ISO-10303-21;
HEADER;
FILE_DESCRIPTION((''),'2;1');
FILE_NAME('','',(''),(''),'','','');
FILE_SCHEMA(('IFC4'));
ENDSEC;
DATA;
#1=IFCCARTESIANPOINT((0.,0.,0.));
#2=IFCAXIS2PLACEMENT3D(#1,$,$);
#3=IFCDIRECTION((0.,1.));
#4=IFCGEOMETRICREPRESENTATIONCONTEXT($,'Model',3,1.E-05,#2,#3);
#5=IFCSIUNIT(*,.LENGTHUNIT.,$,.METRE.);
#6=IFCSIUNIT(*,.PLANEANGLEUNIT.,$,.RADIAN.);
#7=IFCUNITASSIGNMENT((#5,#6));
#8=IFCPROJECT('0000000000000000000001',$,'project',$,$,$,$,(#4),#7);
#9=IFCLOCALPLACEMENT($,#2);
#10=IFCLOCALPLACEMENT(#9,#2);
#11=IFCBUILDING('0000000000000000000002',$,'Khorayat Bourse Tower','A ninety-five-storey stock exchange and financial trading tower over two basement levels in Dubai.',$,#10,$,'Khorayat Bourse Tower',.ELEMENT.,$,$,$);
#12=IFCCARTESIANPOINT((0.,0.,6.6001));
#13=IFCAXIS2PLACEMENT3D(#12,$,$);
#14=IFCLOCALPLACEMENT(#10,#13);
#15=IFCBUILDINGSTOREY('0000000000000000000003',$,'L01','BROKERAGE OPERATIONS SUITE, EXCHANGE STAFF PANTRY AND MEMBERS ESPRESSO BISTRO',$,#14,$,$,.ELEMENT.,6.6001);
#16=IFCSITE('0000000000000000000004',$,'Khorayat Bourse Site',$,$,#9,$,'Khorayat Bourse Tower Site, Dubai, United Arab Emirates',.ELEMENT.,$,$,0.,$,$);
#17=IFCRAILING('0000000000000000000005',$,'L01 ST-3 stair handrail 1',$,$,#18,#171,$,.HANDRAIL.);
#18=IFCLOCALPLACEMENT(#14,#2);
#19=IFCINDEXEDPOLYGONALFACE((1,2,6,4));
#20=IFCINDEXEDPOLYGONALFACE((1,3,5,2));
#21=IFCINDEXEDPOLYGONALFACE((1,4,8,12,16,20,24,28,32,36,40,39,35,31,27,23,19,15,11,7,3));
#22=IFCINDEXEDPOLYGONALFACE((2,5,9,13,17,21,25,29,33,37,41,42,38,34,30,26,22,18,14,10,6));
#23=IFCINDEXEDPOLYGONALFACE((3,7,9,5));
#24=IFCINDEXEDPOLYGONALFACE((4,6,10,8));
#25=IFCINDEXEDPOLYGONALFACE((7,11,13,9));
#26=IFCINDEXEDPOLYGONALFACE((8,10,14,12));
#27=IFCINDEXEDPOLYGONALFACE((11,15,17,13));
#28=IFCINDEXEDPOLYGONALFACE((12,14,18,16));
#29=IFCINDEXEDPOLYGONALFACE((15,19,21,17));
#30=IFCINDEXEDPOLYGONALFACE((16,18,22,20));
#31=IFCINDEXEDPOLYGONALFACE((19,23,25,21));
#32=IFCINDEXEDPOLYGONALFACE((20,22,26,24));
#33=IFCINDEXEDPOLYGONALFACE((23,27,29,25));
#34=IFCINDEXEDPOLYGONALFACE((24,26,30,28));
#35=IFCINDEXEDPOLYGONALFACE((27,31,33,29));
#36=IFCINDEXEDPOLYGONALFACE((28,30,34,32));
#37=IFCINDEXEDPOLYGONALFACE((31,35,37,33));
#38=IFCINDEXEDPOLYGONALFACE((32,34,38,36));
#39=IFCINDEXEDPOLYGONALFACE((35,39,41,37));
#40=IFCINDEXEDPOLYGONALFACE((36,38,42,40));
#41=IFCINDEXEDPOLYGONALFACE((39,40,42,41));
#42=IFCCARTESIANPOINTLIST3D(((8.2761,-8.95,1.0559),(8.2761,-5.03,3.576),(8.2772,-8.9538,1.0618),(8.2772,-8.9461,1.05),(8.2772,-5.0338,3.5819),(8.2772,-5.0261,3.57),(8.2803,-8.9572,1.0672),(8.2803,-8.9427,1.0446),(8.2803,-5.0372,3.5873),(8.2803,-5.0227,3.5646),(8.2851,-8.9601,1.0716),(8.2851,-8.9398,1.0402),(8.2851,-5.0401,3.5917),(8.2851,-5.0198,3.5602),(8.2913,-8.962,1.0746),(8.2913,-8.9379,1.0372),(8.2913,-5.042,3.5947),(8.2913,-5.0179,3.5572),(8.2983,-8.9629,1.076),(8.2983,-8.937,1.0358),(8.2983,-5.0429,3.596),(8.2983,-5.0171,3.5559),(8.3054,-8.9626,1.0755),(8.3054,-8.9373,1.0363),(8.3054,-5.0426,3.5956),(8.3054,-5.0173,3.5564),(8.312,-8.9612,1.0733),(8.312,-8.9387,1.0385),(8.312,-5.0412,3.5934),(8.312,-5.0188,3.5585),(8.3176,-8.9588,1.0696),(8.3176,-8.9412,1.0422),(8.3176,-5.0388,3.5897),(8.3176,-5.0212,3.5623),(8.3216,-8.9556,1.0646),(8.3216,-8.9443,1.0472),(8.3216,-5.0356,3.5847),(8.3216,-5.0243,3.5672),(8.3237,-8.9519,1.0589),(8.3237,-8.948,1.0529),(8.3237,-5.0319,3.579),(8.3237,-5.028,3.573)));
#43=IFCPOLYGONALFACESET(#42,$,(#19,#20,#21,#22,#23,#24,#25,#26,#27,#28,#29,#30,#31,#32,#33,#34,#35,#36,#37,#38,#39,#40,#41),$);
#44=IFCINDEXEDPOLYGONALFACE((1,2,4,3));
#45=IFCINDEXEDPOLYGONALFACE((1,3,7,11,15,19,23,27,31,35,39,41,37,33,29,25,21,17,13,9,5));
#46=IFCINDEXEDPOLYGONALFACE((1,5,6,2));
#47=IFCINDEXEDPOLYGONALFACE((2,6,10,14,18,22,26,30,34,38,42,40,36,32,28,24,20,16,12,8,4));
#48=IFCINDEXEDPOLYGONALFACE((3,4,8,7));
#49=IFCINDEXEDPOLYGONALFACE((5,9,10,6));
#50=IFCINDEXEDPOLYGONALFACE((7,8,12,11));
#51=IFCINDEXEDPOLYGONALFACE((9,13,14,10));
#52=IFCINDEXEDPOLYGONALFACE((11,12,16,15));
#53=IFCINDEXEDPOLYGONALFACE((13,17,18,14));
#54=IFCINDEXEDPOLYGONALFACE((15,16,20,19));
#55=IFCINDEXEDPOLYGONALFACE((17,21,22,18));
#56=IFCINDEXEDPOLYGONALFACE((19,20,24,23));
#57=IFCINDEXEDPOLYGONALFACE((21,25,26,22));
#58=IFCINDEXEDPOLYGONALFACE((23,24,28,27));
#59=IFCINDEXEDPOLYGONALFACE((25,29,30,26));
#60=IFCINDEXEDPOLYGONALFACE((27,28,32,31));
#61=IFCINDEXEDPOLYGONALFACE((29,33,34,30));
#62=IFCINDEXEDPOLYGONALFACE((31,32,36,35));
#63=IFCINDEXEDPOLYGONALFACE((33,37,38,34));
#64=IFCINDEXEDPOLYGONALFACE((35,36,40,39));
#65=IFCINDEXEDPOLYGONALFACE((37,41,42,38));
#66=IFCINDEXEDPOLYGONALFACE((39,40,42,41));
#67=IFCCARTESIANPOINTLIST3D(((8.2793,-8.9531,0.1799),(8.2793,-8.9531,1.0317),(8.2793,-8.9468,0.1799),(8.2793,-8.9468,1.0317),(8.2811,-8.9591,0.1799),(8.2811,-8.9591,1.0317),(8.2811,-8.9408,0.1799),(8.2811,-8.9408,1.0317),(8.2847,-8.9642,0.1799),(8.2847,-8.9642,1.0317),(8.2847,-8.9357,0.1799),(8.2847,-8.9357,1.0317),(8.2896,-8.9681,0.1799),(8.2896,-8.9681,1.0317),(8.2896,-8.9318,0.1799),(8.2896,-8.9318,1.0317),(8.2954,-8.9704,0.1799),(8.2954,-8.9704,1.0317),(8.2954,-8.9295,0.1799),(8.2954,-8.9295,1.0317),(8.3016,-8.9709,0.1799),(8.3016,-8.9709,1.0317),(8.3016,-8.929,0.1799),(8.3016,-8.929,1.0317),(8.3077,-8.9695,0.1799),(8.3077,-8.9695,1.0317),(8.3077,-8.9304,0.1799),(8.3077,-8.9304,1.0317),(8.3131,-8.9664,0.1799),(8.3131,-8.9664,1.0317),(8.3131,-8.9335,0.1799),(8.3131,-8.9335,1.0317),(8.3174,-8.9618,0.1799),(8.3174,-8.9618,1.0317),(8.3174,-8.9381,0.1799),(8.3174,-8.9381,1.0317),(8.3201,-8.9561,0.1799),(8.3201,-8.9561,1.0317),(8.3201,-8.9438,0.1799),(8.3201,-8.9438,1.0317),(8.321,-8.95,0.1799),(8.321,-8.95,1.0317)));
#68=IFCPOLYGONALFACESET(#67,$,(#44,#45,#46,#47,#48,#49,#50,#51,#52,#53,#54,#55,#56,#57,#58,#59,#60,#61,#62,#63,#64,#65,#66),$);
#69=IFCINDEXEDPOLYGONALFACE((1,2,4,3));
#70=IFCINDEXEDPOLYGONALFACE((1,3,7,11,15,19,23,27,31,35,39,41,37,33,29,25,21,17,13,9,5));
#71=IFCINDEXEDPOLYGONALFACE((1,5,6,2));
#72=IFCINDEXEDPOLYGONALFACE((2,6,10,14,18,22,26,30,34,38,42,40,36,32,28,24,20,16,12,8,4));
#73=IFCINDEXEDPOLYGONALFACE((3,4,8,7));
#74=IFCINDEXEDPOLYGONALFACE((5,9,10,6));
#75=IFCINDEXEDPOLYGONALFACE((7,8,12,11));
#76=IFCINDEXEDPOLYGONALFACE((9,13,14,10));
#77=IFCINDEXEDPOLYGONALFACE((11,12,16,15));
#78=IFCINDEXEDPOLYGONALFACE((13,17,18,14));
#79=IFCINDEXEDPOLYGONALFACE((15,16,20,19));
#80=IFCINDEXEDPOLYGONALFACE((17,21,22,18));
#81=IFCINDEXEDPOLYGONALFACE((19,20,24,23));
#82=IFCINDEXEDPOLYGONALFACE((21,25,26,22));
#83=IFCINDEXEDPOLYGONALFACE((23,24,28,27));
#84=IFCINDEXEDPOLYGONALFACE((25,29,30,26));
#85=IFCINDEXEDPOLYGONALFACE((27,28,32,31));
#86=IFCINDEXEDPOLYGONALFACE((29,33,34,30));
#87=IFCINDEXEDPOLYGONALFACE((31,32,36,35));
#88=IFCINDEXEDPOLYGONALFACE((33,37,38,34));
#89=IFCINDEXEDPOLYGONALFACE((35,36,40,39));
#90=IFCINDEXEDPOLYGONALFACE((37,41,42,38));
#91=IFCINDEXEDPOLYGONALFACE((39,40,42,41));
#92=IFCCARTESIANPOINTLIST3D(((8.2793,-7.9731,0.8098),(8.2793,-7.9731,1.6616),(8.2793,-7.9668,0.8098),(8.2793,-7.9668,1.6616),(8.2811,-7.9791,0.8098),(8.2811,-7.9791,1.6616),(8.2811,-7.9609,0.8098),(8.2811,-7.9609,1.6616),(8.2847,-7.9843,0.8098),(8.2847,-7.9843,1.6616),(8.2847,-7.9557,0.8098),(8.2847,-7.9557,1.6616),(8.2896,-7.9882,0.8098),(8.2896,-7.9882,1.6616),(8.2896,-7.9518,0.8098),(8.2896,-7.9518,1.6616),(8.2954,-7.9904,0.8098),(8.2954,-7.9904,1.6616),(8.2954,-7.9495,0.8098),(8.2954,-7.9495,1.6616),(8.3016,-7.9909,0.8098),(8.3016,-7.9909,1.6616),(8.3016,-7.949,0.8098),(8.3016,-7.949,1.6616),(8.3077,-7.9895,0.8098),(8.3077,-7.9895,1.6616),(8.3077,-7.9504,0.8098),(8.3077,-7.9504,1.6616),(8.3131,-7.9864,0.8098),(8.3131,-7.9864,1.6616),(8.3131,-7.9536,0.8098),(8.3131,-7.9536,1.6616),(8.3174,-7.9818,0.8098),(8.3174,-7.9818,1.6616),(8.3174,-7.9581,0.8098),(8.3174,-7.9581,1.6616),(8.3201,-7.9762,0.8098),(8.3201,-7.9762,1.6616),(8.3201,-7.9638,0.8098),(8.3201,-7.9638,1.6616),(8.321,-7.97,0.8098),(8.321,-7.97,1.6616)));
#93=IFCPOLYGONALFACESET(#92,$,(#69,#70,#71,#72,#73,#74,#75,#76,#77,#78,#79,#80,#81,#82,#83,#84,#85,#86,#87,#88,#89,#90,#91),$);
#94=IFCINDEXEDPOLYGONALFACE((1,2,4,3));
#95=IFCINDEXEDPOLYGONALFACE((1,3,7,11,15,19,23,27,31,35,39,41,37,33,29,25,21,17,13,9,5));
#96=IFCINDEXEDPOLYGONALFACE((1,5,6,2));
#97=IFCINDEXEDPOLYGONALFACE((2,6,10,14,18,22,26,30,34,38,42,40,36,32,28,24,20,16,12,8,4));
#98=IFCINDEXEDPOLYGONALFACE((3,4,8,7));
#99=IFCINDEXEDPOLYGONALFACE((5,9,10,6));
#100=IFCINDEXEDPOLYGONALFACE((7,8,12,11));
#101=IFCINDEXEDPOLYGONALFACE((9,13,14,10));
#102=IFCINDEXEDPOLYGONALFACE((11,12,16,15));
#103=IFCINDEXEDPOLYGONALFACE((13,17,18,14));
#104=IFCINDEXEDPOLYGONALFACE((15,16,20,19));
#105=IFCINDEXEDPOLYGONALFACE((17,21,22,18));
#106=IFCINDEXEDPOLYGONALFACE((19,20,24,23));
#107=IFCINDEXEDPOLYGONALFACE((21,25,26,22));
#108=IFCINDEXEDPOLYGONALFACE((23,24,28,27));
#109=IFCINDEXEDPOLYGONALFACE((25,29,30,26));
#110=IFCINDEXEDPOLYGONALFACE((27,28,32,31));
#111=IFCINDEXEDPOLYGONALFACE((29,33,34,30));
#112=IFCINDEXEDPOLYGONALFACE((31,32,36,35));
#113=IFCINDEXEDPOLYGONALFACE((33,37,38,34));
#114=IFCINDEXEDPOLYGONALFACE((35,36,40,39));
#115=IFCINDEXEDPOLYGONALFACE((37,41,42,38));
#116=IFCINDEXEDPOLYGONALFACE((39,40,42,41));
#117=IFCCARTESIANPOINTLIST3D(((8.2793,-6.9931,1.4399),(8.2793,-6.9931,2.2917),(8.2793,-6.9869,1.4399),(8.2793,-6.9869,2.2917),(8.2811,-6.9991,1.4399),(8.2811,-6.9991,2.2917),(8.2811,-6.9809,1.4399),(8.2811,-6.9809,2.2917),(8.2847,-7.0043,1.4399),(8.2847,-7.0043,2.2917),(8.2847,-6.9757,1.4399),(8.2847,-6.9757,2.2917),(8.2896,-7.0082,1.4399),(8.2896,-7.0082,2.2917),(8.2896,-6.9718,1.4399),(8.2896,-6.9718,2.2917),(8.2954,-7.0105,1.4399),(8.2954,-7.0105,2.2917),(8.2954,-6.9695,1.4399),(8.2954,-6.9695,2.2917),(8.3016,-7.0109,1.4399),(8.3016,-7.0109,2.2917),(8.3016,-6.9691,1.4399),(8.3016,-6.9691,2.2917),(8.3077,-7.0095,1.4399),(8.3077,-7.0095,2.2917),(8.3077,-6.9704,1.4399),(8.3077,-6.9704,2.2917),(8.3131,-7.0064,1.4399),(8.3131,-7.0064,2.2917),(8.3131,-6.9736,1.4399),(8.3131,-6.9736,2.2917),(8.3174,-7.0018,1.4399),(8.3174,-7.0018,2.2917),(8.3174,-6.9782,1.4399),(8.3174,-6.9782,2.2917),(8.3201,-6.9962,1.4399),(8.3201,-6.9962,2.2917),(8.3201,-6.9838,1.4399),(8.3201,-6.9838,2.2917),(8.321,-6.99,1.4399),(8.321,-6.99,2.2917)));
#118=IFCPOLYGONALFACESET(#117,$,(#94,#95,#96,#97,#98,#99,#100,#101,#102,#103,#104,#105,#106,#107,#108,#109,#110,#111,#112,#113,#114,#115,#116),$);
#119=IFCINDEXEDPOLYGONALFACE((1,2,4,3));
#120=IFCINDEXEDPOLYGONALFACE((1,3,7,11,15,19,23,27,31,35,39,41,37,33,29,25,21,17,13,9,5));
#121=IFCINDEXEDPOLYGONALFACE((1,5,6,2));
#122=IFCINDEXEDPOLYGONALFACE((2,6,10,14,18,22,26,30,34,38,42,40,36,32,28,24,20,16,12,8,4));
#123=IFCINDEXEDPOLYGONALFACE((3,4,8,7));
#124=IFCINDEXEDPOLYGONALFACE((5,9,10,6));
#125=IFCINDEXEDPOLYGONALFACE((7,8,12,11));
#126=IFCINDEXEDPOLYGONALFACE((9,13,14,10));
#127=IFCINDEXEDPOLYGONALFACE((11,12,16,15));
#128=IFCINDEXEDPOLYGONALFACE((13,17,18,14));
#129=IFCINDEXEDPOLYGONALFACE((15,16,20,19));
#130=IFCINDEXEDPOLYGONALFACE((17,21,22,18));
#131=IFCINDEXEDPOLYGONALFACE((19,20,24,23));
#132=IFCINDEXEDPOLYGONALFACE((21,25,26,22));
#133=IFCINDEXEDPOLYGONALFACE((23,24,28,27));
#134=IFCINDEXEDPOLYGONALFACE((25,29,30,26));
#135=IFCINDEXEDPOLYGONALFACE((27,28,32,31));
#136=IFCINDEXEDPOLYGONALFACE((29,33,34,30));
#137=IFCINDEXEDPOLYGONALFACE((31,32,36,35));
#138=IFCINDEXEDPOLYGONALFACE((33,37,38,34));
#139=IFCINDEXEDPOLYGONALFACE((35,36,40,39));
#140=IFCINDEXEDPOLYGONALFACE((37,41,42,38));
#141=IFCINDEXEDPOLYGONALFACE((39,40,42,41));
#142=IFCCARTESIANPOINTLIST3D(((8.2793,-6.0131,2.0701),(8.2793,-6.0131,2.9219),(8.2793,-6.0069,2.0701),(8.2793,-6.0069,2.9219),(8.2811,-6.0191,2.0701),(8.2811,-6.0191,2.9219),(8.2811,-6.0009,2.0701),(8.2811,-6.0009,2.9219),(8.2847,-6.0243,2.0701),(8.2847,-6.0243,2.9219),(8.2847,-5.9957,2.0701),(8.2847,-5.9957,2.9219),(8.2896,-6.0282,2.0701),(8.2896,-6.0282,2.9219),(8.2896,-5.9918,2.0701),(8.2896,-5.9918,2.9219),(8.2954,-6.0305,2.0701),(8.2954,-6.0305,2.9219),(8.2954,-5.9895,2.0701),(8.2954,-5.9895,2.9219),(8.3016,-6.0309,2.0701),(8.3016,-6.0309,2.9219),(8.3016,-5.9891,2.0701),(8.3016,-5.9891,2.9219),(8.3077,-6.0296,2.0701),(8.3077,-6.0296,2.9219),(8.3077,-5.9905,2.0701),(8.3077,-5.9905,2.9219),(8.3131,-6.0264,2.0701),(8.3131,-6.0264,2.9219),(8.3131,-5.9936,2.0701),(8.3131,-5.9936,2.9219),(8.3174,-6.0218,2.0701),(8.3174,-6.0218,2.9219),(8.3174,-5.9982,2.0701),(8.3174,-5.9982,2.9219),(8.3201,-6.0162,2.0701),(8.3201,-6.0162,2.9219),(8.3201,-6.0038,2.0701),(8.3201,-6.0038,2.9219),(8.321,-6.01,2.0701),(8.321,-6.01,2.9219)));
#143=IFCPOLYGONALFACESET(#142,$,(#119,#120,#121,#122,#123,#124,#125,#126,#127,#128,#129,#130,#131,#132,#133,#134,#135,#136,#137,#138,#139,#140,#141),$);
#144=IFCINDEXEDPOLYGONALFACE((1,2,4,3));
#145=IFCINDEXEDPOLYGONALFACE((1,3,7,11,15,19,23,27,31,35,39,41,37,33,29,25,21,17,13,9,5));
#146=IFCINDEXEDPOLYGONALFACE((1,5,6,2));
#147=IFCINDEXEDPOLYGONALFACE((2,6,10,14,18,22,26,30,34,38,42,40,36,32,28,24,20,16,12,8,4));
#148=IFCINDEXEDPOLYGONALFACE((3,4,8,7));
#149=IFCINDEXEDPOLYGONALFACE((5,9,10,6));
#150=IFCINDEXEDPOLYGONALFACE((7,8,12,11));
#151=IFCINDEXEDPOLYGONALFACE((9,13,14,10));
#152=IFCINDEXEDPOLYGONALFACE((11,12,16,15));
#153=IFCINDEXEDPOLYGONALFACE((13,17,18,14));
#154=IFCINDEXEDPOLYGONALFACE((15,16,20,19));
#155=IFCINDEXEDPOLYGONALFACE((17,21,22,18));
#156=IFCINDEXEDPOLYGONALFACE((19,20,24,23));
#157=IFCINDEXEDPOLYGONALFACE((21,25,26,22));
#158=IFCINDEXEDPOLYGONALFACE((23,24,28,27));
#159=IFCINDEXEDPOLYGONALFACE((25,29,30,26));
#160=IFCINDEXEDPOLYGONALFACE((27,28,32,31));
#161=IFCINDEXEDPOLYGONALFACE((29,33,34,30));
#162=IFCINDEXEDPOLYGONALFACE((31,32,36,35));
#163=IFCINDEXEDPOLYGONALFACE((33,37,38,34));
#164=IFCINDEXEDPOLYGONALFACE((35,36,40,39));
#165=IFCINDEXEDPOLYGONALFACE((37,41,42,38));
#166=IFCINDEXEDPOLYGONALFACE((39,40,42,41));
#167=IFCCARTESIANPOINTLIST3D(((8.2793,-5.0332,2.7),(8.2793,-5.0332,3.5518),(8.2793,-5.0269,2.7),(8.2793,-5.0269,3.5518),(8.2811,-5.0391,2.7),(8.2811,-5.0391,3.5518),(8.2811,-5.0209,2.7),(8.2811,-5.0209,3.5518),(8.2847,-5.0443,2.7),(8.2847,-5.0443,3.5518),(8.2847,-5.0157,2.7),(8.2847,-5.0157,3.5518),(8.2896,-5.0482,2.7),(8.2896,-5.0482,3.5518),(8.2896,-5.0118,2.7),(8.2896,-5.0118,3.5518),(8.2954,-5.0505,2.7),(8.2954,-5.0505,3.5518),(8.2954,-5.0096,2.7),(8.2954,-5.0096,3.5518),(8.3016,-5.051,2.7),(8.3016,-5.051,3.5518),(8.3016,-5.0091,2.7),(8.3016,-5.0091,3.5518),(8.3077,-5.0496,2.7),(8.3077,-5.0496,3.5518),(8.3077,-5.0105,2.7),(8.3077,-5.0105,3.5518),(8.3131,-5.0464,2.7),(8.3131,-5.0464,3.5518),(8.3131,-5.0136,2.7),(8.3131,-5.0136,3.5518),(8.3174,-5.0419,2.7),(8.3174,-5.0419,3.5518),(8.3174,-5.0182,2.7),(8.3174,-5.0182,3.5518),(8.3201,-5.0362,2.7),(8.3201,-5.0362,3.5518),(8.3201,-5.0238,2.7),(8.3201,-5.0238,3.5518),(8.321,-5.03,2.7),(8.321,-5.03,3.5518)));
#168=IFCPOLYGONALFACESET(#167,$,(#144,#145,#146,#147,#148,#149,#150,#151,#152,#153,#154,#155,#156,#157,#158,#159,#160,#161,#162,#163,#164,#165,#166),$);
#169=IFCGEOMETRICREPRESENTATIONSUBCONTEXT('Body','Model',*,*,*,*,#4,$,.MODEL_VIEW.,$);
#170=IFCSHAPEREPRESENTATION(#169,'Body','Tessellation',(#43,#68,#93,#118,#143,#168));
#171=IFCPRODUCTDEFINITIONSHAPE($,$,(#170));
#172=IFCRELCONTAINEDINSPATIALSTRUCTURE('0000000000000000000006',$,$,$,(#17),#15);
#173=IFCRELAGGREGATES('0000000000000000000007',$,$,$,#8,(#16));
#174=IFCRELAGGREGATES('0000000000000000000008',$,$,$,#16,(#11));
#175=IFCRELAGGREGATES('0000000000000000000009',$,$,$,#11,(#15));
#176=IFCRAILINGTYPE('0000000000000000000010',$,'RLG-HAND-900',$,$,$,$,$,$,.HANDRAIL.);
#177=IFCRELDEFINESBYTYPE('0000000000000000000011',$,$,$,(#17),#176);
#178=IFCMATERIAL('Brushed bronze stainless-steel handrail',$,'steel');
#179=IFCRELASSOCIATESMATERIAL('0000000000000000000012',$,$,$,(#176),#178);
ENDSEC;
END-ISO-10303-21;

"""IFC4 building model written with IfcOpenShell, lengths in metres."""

from ifc_helpers import new_model, si_unit, direction, frame, origin, origin_2d, place, context, subcontext, project, spatial, circle, extrude, source, transform, mapped, material, type_object, element, save


model = new_model("IFC4")

# Units and contexts
model_context = context("Model", 3, precision=1e-05, world=origin(), true_north=direction((0.0, 1.0)))
body_context = subcontext(model_context, "Body", "Model", "MODEL_VIEW")
ifc_project = project(units=[si_unit("LENGTHUNIT", "METRE"), si_unit("PLANEANGLEUNIT", "RADIAN")], contexts=[model_context])

# Site, building, storey
site_placement = place(None, origin())
site = spatial("IfcSite", under=ifc_project, at=site_placement, Name="Khorayat Bourse Site", LongName="Khorayat Bourse Tower Site, Dubai, United Arab Emirates", CompositionType="ELEMENT", RefElevation=0.0)
building_placement = place(site_placement, origin())
building = spatial("IfcBuilding", under=site, at=building_placement, Name="Khorayat Bourse Tower", Description="A ninety-five-storey stock exchange and financial trading tower over two basement levels in Dubai.", LongName="Khorayat Bourse Tower", CompositionType="ELEMENT")
storey_placement = place(building_placement, frame((0.0, 0.0, 6.6001)))
storey = spatial("IfcBuildingStorey", under=building, at=storey_placement, Name="L01", Description="BROKERAGE OPERATIONS SUITE, EXCHANGE STAFF PANTRY AND MEMBERS ESPRESSO BISTRO", CompositionType="ELEMENT", Elevation=6.6001)

# Railing
ifc_material_1 = material(Name="Brushed bronze stainless-steel handrail", Category="steel")
railing_type_1 = type_object("IfcRailingType", Name="RLG-HAND-900", PredefinedType="HANDRAIL", material=ifc_material_1)
shared_shape_1 = source(origin(), body_context, "Body", "SweptSolid", [
    extrude(circle(Radius=0.0239, at=origin_2d()), frame((0.0, 0.0, 0.876), z_axis=(0.0, 0.841172, 0.540768), x_axis=(-1.0, 0.0, 0.0)), (0.0, 0.0, 1.0), 4.6602),
    extrude(circle(Radius=0.021, at=origin_2d()), origin(), (0.0, 0.0, 1.0), 0.8518),
    extrude(circle(Radius=0.021, at=origin_2d()), frame((0.0, 0.98, 0.6299)), (0.0, 0.0, 1.0), 0.8518),
    extrude(circle(Radius=0.021, at=origin_2d()), frame((0.0, 1.96, 1.26)), (0.0, 0.0, 1.0), 0.8518),
    extrude(circle(Radius=0.021, at=origin_2d()), frame((0.0, 2.9399, 1.8901)), (0.0, 0.0, 1.0), 0.8518),
    extrude(circle(Radius=0.021, at=origin_2d()), frame((0.0, 3.9199, 2.52)), (0.0, 0.0, 1.0), 0.8518),
])
railing_1_placement = place(storey_placement, frame((8.3, -8.95, 0.1799)))
element("IfcRailing", 1, at=railing_1_placement, inside=storey, type_object=railing_type_1, Name="L01 ST-3 stair handrail 1", PredefinedType="HANDRAIL", context=body_context, shape_type="MappedRepresentation", body=[
    mapped(shared_shape_1, transform((0.0, 0.0, 0.0), scale=1.0)),
])

save(model, "model.ifc")
